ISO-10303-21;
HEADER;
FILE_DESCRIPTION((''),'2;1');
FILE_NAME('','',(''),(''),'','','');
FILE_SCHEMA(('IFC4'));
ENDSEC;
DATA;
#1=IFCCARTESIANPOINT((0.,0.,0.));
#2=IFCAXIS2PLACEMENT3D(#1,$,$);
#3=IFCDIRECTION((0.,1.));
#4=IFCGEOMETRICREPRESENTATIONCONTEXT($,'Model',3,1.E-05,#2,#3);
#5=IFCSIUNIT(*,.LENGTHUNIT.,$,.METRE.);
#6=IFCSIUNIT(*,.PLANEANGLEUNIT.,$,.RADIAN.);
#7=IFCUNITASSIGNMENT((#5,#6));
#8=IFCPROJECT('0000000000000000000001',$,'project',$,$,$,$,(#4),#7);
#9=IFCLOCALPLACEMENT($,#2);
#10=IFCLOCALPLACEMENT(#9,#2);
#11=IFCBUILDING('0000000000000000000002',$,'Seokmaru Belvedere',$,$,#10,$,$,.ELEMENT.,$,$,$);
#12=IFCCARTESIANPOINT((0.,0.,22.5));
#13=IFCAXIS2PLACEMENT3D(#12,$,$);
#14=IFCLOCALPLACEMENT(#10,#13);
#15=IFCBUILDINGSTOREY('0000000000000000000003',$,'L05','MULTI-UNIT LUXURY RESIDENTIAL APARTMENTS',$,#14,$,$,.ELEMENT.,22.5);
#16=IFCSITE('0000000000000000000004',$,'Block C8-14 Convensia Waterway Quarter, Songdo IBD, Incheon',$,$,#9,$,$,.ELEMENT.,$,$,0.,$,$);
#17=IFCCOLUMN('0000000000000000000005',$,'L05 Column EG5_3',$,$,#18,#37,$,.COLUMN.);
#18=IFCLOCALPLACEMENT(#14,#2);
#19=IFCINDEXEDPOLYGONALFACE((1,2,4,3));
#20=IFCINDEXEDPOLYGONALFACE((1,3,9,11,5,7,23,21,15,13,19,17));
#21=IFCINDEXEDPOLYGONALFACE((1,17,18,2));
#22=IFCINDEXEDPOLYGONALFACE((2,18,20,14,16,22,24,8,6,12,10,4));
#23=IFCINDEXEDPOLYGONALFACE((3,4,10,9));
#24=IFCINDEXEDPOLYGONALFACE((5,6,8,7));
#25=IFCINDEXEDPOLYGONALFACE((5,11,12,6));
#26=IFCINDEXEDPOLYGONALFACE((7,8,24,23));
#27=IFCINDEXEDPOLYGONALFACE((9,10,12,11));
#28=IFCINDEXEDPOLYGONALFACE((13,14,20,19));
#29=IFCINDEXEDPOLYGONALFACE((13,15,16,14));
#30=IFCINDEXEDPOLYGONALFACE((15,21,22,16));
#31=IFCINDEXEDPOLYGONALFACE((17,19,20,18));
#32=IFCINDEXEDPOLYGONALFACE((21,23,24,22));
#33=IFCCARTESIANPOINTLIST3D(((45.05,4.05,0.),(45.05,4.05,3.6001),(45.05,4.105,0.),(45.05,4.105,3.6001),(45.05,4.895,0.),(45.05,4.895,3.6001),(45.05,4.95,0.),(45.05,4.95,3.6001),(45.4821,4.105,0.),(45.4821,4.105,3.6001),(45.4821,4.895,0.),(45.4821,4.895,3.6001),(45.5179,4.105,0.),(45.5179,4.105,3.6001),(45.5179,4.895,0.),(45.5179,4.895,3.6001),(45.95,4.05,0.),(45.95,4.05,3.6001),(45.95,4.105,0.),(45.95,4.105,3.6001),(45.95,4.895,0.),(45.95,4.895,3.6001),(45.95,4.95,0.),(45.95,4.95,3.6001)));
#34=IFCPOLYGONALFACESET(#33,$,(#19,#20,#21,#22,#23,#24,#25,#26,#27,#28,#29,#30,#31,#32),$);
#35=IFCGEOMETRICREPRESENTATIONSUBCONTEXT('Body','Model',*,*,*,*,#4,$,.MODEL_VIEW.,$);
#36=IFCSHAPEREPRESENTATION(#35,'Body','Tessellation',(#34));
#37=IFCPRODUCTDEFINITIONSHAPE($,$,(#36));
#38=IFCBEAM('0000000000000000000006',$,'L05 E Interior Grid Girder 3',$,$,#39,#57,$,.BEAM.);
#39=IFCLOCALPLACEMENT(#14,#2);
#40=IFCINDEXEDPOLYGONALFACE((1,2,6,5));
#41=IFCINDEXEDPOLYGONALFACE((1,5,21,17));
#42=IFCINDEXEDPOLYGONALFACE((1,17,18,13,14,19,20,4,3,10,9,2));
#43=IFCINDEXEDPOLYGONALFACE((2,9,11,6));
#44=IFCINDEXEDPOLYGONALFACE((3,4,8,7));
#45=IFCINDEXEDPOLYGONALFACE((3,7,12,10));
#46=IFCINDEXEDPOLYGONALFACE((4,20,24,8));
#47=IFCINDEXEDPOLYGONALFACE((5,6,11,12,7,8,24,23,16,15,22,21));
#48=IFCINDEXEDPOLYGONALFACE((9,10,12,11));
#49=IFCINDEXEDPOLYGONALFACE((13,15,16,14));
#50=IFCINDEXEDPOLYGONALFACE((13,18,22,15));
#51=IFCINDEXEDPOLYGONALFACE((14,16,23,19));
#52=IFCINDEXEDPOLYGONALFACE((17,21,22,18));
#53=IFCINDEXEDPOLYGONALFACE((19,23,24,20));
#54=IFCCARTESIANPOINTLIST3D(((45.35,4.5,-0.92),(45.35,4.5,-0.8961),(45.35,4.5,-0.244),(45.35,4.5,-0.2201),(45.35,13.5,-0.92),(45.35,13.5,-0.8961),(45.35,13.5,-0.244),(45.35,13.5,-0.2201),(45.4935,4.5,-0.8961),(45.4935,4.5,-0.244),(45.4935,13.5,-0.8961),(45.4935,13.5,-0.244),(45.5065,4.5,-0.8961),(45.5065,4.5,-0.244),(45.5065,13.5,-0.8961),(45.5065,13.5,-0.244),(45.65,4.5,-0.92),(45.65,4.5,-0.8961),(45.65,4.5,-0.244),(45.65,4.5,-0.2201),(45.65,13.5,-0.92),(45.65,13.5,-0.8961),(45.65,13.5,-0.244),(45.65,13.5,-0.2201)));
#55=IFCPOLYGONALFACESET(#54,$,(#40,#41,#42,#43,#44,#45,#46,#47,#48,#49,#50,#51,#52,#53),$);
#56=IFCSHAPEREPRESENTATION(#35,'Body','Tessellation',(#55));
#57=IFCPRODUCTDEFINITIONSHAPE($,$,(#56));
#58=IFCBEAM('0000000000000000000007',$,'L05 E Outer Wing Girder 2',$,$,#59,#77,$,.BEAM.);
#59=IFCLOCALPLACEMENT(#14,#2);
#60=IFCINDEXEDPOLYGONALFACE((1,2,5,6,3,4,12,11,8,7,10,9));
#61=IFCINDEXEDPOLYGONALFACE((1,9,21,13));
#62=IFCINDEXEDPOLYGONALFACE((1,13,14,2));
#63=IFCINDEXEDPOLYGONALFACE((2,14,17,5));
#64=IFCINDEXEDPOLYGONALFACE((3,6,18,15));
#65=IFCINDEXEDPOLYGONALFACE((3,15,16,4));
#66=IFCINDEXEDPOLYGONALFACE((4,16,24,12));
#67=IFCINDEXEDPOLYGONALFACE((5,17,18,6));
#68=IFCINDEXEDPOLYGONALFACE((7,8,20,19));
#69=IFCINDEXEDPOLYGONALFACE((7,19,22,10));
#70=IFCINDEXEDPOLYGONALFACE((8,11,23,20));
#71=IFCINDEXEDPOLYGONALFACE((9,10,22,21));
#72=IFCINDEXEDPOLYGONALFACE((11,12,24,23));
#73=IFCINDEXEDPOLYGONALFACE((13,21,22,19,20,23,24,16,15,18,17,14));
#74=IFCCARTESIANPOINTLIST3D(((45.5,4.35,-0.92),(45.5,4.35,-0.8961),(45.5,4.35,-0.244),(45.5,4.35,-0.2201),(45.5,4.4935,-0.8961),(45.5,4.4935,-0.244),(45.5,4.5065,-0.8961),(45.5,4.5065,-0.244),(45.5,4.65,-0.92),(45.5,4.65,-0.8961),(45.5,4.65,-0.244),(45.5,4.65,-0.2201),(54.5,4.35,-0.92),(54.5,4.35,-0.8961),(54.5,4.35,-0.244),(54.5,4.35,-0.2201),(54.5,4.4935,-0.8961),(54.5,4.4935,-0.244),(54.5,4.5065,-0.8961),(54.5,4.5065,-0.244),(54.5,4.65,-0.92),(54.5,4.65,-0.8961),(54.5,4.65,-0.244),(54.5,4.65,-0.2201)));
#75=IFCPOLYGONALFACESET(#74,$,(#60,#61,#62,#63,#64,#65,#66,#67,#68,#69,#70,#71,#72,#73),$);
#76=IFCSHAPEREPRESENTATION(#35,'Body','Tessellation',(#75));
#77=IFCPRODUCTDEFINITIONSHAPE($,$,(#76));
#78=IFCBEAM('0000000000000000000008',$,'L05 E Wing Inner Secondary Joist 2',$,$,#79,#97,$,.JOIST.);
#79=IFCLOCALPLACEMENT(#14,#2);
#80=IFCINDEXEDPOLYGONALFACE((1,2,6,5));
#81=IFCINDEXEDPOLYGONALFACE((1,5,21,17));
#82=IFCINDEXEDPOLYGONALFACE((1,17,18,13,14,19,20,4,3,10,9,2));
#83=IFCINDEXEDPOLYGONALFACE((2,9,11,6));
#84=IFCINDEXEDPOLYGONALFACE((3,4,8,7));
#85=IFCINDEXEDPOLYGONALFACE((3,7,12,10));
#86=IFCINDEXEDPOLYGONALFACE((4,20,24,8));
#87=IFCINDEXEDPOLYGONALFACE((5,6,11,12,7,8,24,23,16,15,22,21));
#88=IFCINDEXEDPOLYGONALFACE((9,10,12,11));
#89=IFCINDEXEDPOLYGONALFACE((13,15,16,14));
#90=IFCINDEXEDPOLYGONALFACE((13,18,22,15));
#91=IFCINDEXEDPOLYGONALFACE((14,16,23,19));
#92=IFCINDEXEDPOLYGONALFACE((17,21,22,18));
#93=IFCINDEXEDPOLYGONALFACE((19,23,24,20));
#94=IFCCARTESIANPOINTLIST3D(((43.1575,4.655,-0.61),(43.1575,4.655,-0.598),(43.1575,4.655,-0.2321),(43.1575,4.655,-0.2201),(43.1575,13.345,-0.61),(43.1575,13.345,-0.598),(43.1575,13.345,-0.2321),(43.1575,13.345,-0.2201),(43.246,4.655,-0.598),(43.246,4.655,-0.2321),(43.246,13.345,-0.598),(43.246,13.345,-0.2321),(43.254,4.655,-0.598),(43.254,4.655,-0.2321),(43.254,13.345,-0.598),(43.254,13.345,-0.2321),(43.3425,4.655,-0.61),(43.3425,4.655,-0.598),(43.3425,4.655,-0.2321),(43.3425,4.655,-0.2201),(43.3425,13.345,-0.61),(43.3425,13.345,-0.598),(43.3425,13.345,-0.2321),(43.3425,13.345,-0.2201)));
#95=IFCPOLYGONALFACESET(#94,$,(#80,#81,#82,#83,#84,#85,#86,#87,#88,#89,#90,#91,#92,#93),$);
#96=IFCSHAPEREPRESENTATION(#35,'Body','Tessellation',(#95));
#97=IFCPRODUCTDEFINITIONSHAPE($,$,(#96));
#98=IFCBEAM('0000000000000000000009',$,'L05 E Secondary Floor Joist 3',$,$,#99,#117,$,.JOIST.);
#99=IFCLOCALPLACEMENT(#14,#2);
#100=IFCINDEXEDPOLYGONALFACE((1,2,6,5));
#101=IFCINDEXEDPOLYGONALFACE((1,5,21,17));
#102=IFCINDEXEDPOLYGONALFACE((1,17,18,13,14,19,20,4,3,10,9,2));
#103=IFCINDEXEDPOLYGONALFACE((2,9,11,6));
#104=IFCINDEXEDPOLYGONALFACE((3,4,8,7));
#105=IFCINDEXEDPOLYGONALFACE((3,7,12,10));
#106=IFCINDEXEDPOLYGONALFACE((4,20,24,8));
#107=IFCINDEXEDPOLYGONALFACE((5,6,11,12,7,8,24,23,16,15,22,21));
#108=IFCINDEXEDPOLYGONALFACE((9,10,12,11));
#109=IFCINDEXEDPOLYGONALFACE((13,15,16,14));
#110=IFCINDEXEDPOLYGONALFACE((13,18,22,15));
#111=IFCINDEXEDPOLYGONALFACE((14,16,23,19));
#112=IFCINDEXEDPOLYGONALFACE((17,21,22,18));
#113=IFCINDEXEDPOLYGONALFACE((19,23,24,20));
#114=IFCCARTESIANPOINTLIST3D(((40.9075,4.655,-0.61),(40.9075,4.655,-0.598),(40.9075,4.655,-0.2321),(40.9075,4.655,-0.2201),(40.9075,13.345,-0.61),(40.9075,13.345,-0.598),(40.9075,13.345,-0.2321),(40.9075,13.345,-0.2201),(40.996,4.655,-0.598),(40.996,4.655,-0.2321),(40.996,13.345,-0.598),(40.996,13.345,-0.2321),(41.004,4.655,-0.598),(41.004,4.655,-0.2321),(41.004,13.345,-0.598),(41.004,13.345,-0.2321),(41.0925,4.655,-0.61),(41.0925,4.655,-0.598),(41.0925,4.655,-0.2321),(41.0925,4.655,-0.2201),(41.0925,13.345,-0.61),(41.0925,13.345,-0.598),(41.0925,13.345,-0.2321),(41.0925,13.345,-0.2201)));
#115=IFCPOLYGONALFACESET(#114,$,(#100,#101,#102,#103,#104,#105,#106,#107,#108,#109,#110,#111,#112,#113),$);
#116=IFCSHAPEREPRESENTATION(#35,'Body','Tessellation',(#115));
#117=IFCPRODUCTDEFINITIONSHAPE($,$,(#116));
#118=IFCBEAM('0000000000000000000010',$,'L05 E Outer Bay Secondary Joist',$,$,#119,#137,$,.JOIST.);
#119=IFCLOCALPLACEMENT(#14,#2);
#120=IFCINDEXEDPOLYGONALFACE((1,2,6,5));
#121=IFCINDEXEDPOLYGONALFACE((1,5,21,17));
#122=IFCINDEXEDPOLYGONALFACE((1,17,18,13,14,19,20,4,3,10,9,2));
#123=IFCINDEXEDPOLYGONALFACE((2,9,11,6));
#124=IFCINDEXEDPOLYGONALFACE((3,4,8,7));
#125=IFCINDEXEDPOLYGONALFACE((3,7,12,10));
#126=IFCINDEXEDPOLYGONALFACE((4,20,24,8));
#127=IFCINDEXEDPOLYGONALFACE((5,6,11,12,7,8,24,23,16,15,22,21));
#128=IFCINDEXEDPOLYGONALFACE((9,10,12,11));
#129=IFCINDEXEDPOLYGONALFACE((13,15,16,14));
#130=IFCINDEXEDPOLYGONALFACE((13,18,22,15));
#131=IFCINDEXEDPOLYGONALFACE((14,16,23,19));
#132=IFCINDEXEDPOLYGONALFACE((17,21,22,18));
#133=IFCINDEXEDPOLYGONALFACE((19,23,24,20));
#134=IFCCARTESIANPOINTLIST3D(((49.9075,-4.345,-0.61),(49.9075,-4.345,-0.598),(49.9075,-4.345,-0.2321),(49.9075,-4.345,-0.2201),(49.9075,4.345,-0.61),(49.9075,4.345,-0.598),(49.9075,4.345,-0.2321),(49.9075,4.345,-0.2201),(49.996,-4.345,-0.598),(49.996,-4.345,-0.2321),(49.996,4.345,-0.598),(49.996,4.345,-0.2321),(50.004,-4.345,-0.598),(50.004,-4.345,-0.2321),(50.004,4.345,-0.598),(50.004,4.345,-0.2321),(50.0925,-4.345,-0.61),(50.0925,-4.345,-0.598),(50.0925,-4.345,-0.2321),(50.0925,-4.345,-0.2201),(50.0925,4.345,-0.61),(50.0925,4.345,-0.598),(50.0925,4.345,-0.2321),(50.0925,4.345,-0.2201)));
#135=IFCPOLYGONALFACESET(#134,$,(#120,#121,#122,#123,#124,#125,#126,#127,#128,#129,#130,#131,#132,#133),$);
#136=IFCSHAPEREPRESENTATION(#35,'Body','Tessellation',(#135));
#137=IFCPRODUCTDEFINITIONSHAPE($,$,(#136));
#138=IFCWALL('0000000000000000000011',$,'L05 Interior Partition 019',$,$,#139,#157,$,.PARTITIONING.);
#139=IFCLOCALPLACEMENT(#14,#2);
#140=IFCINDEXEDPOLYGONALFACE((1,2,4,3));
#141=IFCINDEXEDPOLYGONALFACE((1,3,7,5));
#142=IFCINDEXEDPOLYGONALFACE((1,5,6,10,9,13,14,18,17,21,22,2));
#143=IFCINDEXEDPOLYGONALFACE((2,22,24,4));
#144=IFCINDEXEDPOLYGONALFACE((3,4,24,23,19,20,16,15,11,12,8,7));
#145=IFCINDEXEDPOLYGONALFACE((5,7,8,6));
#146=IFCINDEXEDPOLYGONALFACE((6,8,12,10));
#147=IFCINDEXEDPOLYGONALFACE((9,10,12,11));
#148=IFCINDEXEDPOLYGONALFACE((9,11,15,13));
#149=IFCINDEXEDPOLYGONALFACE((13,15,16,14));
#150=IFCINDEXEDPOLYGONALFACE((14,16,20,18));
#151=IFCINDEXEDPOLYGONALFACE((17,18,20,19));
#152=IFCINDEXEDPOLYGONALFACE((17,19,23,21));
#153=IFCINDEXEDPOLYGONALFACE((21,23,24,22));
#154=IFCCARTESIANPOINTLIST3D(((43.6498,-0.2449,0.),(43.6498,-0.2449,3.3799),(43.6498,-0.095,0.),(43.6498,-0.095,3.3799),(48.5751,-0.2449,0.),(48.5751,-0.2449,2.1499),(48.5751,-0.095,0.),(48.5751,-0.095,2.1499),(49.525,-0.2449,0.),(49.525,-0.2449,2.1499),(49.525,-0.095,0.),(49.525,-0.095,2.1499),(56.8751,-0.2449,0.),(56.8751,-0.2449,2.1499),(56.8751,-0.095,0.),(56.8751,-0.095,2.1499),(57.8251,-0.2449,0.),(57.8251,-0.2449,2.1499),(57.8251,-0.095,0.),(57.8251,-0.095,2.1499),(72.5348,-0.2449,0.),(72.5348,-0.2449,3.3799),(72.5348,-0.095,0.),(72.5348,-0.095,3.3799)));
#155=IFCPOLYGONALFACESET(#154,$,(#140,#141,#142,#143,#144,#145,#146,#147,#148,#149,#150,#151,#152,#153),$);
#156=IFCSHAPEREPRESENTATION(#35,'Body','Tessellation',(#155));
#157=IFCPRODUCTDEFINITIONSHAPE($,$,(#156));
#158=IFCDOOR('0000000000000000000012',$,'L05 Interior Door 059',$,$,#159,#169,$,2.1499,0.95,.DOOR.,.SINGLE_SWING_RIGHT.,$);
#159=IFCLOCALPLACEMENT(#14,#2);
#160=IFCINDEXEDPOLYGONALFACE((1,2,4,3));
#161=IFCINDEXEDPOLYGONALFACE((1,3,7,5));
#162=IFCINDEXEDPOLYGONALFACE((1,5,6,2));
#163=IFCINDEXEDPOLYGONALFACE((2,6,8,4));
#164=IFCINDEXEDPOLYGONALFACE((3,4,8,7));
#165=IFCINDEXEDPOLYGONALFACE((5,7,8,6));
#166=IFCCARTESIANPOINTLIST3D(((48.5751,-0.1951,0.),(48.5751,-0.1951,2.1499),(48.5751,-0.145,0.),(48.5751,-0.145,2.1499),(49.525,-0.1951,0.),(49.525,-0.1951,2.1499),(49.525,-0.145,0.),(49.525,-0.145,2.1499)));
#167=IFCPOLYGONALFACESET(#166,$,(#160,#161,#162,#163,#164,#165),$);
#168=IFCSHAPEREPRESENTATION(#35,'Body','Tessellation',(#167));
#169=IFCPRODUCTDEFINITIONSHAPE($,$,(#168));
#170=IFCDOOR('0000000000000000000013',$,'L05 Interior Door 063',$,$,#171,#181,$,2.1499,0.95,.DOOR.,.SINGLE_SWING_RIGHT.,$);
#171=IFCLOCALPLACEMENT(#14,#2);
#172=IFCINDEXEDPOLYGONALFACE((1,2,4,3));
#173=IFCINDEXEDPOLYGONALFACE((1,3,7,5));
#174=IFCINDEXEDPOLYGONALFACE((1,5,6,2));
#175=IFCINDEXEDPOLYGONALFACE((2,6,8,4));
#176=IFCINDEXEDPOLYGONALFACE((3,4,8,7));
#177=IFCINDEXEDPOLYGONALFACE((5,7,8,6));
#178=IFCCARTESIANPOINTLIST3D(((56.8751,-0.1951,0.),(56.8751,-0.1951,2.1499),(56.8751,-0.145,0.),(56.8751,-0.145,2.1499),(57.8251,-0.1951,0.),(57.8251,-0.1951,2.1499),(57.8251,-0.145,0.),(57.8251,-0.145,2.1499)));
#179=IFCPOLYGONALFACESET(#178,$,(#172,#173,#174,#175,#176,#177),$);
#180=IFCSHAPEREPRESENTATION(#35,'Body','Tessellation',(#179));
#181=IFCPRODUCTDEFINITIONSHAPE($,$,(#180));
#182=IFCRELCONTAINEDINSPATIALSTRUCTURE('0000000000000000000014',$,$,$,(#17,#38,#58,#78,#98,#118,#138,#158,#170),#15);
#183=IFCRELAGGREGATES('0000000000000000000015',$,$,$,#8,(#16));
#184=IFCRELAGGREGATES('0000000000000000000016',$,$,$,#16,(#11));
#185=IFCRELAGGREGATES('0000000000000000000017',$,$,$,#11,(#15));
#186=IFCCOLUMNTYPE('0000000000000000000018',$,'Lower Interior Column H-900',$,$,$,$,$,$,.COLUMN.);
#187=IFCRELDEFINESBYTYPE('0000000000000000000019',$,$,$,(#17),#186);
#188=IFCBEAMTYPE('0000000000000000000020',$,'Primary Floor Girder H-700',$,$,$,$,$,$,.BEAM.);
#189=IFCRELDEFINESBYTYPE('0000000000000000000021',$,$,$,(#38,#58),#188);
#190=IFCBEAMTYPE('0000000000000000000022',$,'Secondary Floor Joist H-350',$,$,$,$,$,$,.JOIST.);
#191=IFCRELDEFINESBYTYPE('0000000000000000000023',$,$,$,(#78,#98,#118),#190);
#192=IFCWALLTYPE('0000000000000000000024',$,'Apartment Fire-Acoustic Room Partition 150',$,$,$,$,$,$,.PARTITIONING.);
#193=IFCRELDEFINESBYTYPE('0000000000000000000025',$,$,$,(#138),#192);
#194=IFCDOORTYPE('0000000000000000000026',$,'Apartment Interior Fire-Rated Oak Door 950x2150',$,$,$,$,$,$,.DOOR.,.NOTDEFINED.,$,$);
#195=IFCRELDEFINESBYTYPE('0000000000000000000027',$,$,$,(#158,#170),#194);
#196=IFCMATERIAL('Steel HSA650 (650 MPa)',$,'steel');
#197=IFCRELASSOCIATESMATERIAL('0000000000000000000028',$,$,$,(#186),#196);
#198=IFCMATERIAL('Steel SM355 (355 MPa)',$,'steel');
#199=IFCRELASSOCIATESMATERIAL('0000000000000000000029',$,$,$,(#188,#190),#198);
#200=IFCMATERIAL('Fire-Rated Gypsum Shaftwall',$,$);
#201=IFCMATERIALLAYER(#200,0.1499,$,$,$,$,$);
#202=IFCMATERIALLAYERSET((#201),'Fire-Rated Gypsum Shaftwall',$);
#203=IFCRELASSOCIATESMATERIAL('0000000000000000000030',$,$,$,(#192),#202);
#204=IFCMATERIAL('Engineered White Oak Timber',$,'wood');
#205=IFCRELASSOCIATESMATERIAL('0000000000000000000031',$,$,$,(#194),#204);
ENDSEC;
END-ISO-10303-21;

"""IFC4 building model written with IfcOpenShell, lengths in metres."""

from ifc_helpers import new_model, si_unit, direction, frame, frame_2d, origin, origin_2d, place, context, subcontext, project, spatial, rectangle, i_section, extrude, source, transform, mapped, material, layer, layer_set, material_profile, profile_set, type_object, type_shapes, element, fill, save


model = new_model("IFC4")

# Units and contexts
model_context = context("Model", 3, precision=1e-05, world=origin(), true_north=direction((0.0, 1.0)))
body_context = subcontext(model_context, "Body", "Model", "MODEL_VIEW")
ifc_project = project(units=[si_unit("LENGTHUNIT", "METRE"), si_unit("PLANEANGLEUNIT", "RADIAN")], contexts=[model_context])

# Site, building, storey
site_placement = place(None, origin())
site = spatial("IfcSite", under=ifc_project, at=site_placement, Name="Block C8-14 Convensia Waterway Quarter, Songdo IBD, Incheon", CompositionType="ELEMENT", RefElevation=0.0)
building_placement = place(site_placement, origin())
building = spatial("IfcBuilding", under=site, at=building_placement, Name="Seokmaru Belvedere", CompositionType="ELEMENT")
storey_placement = place(building_placement, frame((0.0, 0.0, 22.5)))
storey = spatial("IfcBuildingStorey", under=building, at=storey_placement, Name="L05", Description="MULTI-UNIT LUXURY RESIDENTIAL APARTMENTS", CompositionType="ELEMENT", Elevation=22.5)

# Column
ifc_material_1 = material(Name="Steel HSA650 (650 MPa)", Category="steel")
ifc_material_profile_1 = material_profile(ifc_material_1, i_section(OverallWidth=0.8999, OverallDepth=0.8999, WebThickness=0.0359, FlangeThickness=0.0549, at=origin_2d()), Name="H-900x900x36x55")
ifc_profile_set_1 = profile_set([ifc_material_profile_1], Name="Steel HSA650 (650 MPa)")
column_type = type_object("IfcColumnType", Name="Lower Interior Column H-900", PredefinedType="COLUMN", material=ifc_profile_set_1)
shared_shape_1 = source(origin(), body_context, "Body", "SweptSolid", [
    extrude(i_section(OverallWidth=0.8999, OverallDepth=0.8999, WebThickness=0.0359, FlangeThickness=0.0549, at=origin_2d()), origin(), (0.0, 0.0, 1.0), 3.6001),
])
type_shapes(column_type, [shared_shape_1])
column_placement = place(storey_placement, frame((45.5, 4.5, 0.0), z_axis=(0.0, 0.0, 1.0), x_axis=(1.0, 0.0, 0.0)))
element("IfcColumn", 1, at=column_placement, inside=storey, type_object=column_type, Name="L05 Column EG5_3", PredefinedType="COLUMN", context=body_context, shape_type="MappedRepresentation", body=[
    mapped(shared_shape_1, transform((0.0, 0.0, 0.0), scale=1.0)),
])

# Beams
ifc_material_2 = material(Name="Steel SM355 (355 MPa)", Category="steel")
ifc_material_profile_2 = material_profile(ifc_material_2, i_section(OverallWidth=0.3, OverallDepth=0.7, WebThickness=0.0129, FlangeThickness=0.0239, at=origin_2d()), Name="H-700x300x13x24")
ifc_profile_set_2 = profile_set([ifc_material_profile_2], Name="Steel SM355 (355 MPa)")
beam_type_1 = type_object("IfcBeamType", Name="Primary Floor Girder H-700", PredefinedType="BEAM", material=ifc_profile_set_2)
shared_shape_2 = source(origin(), body_context, "Body", "SweptSolid", [
    extrude(i_section(OverallWidth=0.3, OverallDepth=0.7, WebThickness=0.0129, FlangeThickness=0.0239, at=origin_2d()), origin(), (0.0, 0.0, 1.0), 9.0),
])
type_shapes(beam_type_1, [shared_shape_2])
for number, where, z_axis, x_axis, name in (
    (2, (45.5, 4.5, -0.5701), (0.0, 1.0, 0.0), (-1.0, 0.0, 0.0), "L05 E Interior Grid Girder 3"),
    (3, (45.5, 4.5, -0.5701), (1.0, 0.0, 0.0), (0.0, 1.0, 0.0), "L05 E Outer Wing Girder 2"),
):
    element("IfcBeam", number, at=place(storey_placement, frame(where, z_axis=z_axis, x_axis=x_axis)), inside=storey, type_object=beam_type_1, Name=name, PredefinedType="BEAM", context=body_context, shape_type="MappedRepresentation", body=[
        mapped(shared_shape_2, transform((0.0, 0.0, 0.0), scale=1.0)),
    ])
ifc_material_profile_3 = material_profile(ifc_material_2, i_section(OverallWidth=0.1851, OverallDepth=0.3899, WebThickness=0.0081, FlangeThickness=0.012, at=origin_2d()), Name="H-390x185x8x12")
ifc_profile_set_3 = profile_set([ifc_material_profile_3], Name="Steel SM355 (355 MPa)")
beam_type_2 = type_object("IfcBeamType", Name="Secondary Floor Joist H-350", PredefinedType="JOIST", material=ifc_profile_set_3)
shared_shape_3 = source(origin(), body_context, "Body", "SweptSolid", [
    extrude(i_section(OverallWidth=0.1851, OverallDepth=0.3899, WebThickness=0.0081, FlangeThickness=0.012, at=origin_2d()), origin(), (0.0, 0.0, 1.0), 8.6899),
])
type_shapes(beam_type_2, [shared_shape_3])
for number, where, z_axis, x_axis, name in (
    (4, (43.25, 4.655, -0.415), (0.0, 1.0, 0.0), (-1.0, 0.0, 0.0), "L05 E Wing Inner Secondary Joist 2"),
    (5, (41.0, 4.655, -0.415), (0.0, 1.0, 0.0), (-1.0, 0.0, 0.0), "L05 E Secondary Floor Joist 3"),
    (6, (50.0, -4.345, -0.415), (0.0, 1.0, 0.0), (-1.0, 0.0, 0.0), "L05 E Outer Bay Secondary Joist"),
):
    element("IfcBeam", number, at=place(storey_placement, frame(where, z_axis=z_axis, x_axis=x_axis)), inside=storey, type_object=beam_type_2, Name=name, PredefinedType="JOIST", context=body_context, shape_type="MappedRepresentation", body=[
        mapped(shared_shape_3, transform((0.0, 0.0, 0.0), scale=1.0)),
    ])

# Wall, openings, doors
ifc_material_3 = material(Name="Fire-Rated Gypsum Shaftwall")
ifc_layer_1 = layer(ifc_material_3, 0.1499)
ifc_layer_set_1 = layer_set([ifc_layer_1], Name="Fire-Rated Gypsum Shaftwall")
wall_type_1 = type_object("IfcWallType", Name="Apartment Fire-Acoustic Room Partition 150", PredefinedType="PARTITIONING", material=ifc_layer_set_1)
wall_1_placement = place(storey_placement, frame((43.6499, -0.1699, 0.0), z_axis=(0.0, 0.0, 1.0), x_axis=(1.0, 0.0, 0.0)))
wall_1 = element("IfcWall", 7, at=wall_1_placement, inside=storey, type_object=wall_type_1, Name="L05 Interior Partition 019", PredefinedType="PARTITIONING", context=body_context, shape_type="SweptSolid", body=[
    extrude(rectangle(XDim=28.885, YDim=0.1499, at=frame_2d((14.4424, 0.0))), origin(), (0.0, 0.0, 1.0), 3.3799),
])
opening_1_placement = place(wall_1_placement, frame((4.925, 0.0, 0.0)))
opening_1 = element("IfcOpeningElement", 8, at=opening_1_placement, cuts=wall_1, PredefinedType="OPENING", context=body_context, shape_type="SweptSolid", body=[
    extrude(rectangle(XDim=0.95, YDim=2.1499, at=frame_2d((0.4751, 1.075))), frame((0.0, 0.085, 0.0), z_axis=(0.0, -1.0, 0.0), x_axis=(1.0, 0.0, 0.0)), (0.0, 0.0, 1.0), 0.1699),
])
opening_2_placement = place(wall_1_placement, frame((13.2251, 0.0, 0.0)))
opening_2 = element("IfcOpeningElement", 9, at=opening_2_placement, cuts=wall_1, PredefinedType="OPENING", context=body_context, shape_type="SweptSolid", body=[
    extrude(rectangle(XDim=0.95, YDim=2.1499, at=frame_2d((0.4751, 1.075))), frame((0.0, 0.085, 0.0), z_axis=(0.0, -1.0, 0.0), x_axis=(1.0, 0.0, 0.0)), (0.0, 0.0, 1.0), 0.1699),
])
ifc_material_4 = material(Name="Engineered White Oak Timber", Category="wood")
door_type_1 = type_object("IfcDoorType", Name="Apartment Interior Fire-Rated Oak Door 950x2150", OperationType="NOTDEFINED", PredefinedType="DOOR", material=ifc_material_4)
shared_shape_4 = source(origin(), body_context, "Body", "SweptSolid", [
    extrude(rectangle(XDim=0.95, YDim=2.1499, at=frame_2d((0.4751, 1.075))), frame((0.0, 0.0249, 0.0), z_axis=(0.0, -1.0, 0.0), x_axis=(1.0, 0.0, 0.0)), (0.0, 0.0, 1.0), 0.05),
])
type_shapes(door_type_1, [shared_shape_4])
door_1_placement = place(opening_1_placement, origin())
door_1 = element("IfcDoor", 10, at=door_1_placement, inside=storey, type_object=door_type_1, Name="L05 Interior Door 059", OperationType="SINGLE_SWING_RIGHT", OverallHeight=2.1499, OverallWidth=0.95, PredefinedType="DOOR", context=body_context, shape_type="MappedRepresentation", body=[
    mapped(shared_shape_4, transform((0.0, 0.0, 0.0), scale=1.0)),
])
fill(opening_1, door_1)
door_2_placement = place(opening_2_placement, origin())
door_2 = element("IfcDoor", 11, at=door_2_placement, inside=storey, type_object=door_type_1, Name="L05 Interior Door 063", OperationType="SINGLE_SWING_RIGHT", OverallHeight=2.1499, OverallWidth=0.95, PredefinedType="DOOR", context=body_context, shape_type="MappedRepresentation", body=[
    mapped(shared_shape_4, transform((0.0, 0.0, 0.0), scale=1.0)),
])
fill(opening_2, door_2)

save(model, "model.ifc")
